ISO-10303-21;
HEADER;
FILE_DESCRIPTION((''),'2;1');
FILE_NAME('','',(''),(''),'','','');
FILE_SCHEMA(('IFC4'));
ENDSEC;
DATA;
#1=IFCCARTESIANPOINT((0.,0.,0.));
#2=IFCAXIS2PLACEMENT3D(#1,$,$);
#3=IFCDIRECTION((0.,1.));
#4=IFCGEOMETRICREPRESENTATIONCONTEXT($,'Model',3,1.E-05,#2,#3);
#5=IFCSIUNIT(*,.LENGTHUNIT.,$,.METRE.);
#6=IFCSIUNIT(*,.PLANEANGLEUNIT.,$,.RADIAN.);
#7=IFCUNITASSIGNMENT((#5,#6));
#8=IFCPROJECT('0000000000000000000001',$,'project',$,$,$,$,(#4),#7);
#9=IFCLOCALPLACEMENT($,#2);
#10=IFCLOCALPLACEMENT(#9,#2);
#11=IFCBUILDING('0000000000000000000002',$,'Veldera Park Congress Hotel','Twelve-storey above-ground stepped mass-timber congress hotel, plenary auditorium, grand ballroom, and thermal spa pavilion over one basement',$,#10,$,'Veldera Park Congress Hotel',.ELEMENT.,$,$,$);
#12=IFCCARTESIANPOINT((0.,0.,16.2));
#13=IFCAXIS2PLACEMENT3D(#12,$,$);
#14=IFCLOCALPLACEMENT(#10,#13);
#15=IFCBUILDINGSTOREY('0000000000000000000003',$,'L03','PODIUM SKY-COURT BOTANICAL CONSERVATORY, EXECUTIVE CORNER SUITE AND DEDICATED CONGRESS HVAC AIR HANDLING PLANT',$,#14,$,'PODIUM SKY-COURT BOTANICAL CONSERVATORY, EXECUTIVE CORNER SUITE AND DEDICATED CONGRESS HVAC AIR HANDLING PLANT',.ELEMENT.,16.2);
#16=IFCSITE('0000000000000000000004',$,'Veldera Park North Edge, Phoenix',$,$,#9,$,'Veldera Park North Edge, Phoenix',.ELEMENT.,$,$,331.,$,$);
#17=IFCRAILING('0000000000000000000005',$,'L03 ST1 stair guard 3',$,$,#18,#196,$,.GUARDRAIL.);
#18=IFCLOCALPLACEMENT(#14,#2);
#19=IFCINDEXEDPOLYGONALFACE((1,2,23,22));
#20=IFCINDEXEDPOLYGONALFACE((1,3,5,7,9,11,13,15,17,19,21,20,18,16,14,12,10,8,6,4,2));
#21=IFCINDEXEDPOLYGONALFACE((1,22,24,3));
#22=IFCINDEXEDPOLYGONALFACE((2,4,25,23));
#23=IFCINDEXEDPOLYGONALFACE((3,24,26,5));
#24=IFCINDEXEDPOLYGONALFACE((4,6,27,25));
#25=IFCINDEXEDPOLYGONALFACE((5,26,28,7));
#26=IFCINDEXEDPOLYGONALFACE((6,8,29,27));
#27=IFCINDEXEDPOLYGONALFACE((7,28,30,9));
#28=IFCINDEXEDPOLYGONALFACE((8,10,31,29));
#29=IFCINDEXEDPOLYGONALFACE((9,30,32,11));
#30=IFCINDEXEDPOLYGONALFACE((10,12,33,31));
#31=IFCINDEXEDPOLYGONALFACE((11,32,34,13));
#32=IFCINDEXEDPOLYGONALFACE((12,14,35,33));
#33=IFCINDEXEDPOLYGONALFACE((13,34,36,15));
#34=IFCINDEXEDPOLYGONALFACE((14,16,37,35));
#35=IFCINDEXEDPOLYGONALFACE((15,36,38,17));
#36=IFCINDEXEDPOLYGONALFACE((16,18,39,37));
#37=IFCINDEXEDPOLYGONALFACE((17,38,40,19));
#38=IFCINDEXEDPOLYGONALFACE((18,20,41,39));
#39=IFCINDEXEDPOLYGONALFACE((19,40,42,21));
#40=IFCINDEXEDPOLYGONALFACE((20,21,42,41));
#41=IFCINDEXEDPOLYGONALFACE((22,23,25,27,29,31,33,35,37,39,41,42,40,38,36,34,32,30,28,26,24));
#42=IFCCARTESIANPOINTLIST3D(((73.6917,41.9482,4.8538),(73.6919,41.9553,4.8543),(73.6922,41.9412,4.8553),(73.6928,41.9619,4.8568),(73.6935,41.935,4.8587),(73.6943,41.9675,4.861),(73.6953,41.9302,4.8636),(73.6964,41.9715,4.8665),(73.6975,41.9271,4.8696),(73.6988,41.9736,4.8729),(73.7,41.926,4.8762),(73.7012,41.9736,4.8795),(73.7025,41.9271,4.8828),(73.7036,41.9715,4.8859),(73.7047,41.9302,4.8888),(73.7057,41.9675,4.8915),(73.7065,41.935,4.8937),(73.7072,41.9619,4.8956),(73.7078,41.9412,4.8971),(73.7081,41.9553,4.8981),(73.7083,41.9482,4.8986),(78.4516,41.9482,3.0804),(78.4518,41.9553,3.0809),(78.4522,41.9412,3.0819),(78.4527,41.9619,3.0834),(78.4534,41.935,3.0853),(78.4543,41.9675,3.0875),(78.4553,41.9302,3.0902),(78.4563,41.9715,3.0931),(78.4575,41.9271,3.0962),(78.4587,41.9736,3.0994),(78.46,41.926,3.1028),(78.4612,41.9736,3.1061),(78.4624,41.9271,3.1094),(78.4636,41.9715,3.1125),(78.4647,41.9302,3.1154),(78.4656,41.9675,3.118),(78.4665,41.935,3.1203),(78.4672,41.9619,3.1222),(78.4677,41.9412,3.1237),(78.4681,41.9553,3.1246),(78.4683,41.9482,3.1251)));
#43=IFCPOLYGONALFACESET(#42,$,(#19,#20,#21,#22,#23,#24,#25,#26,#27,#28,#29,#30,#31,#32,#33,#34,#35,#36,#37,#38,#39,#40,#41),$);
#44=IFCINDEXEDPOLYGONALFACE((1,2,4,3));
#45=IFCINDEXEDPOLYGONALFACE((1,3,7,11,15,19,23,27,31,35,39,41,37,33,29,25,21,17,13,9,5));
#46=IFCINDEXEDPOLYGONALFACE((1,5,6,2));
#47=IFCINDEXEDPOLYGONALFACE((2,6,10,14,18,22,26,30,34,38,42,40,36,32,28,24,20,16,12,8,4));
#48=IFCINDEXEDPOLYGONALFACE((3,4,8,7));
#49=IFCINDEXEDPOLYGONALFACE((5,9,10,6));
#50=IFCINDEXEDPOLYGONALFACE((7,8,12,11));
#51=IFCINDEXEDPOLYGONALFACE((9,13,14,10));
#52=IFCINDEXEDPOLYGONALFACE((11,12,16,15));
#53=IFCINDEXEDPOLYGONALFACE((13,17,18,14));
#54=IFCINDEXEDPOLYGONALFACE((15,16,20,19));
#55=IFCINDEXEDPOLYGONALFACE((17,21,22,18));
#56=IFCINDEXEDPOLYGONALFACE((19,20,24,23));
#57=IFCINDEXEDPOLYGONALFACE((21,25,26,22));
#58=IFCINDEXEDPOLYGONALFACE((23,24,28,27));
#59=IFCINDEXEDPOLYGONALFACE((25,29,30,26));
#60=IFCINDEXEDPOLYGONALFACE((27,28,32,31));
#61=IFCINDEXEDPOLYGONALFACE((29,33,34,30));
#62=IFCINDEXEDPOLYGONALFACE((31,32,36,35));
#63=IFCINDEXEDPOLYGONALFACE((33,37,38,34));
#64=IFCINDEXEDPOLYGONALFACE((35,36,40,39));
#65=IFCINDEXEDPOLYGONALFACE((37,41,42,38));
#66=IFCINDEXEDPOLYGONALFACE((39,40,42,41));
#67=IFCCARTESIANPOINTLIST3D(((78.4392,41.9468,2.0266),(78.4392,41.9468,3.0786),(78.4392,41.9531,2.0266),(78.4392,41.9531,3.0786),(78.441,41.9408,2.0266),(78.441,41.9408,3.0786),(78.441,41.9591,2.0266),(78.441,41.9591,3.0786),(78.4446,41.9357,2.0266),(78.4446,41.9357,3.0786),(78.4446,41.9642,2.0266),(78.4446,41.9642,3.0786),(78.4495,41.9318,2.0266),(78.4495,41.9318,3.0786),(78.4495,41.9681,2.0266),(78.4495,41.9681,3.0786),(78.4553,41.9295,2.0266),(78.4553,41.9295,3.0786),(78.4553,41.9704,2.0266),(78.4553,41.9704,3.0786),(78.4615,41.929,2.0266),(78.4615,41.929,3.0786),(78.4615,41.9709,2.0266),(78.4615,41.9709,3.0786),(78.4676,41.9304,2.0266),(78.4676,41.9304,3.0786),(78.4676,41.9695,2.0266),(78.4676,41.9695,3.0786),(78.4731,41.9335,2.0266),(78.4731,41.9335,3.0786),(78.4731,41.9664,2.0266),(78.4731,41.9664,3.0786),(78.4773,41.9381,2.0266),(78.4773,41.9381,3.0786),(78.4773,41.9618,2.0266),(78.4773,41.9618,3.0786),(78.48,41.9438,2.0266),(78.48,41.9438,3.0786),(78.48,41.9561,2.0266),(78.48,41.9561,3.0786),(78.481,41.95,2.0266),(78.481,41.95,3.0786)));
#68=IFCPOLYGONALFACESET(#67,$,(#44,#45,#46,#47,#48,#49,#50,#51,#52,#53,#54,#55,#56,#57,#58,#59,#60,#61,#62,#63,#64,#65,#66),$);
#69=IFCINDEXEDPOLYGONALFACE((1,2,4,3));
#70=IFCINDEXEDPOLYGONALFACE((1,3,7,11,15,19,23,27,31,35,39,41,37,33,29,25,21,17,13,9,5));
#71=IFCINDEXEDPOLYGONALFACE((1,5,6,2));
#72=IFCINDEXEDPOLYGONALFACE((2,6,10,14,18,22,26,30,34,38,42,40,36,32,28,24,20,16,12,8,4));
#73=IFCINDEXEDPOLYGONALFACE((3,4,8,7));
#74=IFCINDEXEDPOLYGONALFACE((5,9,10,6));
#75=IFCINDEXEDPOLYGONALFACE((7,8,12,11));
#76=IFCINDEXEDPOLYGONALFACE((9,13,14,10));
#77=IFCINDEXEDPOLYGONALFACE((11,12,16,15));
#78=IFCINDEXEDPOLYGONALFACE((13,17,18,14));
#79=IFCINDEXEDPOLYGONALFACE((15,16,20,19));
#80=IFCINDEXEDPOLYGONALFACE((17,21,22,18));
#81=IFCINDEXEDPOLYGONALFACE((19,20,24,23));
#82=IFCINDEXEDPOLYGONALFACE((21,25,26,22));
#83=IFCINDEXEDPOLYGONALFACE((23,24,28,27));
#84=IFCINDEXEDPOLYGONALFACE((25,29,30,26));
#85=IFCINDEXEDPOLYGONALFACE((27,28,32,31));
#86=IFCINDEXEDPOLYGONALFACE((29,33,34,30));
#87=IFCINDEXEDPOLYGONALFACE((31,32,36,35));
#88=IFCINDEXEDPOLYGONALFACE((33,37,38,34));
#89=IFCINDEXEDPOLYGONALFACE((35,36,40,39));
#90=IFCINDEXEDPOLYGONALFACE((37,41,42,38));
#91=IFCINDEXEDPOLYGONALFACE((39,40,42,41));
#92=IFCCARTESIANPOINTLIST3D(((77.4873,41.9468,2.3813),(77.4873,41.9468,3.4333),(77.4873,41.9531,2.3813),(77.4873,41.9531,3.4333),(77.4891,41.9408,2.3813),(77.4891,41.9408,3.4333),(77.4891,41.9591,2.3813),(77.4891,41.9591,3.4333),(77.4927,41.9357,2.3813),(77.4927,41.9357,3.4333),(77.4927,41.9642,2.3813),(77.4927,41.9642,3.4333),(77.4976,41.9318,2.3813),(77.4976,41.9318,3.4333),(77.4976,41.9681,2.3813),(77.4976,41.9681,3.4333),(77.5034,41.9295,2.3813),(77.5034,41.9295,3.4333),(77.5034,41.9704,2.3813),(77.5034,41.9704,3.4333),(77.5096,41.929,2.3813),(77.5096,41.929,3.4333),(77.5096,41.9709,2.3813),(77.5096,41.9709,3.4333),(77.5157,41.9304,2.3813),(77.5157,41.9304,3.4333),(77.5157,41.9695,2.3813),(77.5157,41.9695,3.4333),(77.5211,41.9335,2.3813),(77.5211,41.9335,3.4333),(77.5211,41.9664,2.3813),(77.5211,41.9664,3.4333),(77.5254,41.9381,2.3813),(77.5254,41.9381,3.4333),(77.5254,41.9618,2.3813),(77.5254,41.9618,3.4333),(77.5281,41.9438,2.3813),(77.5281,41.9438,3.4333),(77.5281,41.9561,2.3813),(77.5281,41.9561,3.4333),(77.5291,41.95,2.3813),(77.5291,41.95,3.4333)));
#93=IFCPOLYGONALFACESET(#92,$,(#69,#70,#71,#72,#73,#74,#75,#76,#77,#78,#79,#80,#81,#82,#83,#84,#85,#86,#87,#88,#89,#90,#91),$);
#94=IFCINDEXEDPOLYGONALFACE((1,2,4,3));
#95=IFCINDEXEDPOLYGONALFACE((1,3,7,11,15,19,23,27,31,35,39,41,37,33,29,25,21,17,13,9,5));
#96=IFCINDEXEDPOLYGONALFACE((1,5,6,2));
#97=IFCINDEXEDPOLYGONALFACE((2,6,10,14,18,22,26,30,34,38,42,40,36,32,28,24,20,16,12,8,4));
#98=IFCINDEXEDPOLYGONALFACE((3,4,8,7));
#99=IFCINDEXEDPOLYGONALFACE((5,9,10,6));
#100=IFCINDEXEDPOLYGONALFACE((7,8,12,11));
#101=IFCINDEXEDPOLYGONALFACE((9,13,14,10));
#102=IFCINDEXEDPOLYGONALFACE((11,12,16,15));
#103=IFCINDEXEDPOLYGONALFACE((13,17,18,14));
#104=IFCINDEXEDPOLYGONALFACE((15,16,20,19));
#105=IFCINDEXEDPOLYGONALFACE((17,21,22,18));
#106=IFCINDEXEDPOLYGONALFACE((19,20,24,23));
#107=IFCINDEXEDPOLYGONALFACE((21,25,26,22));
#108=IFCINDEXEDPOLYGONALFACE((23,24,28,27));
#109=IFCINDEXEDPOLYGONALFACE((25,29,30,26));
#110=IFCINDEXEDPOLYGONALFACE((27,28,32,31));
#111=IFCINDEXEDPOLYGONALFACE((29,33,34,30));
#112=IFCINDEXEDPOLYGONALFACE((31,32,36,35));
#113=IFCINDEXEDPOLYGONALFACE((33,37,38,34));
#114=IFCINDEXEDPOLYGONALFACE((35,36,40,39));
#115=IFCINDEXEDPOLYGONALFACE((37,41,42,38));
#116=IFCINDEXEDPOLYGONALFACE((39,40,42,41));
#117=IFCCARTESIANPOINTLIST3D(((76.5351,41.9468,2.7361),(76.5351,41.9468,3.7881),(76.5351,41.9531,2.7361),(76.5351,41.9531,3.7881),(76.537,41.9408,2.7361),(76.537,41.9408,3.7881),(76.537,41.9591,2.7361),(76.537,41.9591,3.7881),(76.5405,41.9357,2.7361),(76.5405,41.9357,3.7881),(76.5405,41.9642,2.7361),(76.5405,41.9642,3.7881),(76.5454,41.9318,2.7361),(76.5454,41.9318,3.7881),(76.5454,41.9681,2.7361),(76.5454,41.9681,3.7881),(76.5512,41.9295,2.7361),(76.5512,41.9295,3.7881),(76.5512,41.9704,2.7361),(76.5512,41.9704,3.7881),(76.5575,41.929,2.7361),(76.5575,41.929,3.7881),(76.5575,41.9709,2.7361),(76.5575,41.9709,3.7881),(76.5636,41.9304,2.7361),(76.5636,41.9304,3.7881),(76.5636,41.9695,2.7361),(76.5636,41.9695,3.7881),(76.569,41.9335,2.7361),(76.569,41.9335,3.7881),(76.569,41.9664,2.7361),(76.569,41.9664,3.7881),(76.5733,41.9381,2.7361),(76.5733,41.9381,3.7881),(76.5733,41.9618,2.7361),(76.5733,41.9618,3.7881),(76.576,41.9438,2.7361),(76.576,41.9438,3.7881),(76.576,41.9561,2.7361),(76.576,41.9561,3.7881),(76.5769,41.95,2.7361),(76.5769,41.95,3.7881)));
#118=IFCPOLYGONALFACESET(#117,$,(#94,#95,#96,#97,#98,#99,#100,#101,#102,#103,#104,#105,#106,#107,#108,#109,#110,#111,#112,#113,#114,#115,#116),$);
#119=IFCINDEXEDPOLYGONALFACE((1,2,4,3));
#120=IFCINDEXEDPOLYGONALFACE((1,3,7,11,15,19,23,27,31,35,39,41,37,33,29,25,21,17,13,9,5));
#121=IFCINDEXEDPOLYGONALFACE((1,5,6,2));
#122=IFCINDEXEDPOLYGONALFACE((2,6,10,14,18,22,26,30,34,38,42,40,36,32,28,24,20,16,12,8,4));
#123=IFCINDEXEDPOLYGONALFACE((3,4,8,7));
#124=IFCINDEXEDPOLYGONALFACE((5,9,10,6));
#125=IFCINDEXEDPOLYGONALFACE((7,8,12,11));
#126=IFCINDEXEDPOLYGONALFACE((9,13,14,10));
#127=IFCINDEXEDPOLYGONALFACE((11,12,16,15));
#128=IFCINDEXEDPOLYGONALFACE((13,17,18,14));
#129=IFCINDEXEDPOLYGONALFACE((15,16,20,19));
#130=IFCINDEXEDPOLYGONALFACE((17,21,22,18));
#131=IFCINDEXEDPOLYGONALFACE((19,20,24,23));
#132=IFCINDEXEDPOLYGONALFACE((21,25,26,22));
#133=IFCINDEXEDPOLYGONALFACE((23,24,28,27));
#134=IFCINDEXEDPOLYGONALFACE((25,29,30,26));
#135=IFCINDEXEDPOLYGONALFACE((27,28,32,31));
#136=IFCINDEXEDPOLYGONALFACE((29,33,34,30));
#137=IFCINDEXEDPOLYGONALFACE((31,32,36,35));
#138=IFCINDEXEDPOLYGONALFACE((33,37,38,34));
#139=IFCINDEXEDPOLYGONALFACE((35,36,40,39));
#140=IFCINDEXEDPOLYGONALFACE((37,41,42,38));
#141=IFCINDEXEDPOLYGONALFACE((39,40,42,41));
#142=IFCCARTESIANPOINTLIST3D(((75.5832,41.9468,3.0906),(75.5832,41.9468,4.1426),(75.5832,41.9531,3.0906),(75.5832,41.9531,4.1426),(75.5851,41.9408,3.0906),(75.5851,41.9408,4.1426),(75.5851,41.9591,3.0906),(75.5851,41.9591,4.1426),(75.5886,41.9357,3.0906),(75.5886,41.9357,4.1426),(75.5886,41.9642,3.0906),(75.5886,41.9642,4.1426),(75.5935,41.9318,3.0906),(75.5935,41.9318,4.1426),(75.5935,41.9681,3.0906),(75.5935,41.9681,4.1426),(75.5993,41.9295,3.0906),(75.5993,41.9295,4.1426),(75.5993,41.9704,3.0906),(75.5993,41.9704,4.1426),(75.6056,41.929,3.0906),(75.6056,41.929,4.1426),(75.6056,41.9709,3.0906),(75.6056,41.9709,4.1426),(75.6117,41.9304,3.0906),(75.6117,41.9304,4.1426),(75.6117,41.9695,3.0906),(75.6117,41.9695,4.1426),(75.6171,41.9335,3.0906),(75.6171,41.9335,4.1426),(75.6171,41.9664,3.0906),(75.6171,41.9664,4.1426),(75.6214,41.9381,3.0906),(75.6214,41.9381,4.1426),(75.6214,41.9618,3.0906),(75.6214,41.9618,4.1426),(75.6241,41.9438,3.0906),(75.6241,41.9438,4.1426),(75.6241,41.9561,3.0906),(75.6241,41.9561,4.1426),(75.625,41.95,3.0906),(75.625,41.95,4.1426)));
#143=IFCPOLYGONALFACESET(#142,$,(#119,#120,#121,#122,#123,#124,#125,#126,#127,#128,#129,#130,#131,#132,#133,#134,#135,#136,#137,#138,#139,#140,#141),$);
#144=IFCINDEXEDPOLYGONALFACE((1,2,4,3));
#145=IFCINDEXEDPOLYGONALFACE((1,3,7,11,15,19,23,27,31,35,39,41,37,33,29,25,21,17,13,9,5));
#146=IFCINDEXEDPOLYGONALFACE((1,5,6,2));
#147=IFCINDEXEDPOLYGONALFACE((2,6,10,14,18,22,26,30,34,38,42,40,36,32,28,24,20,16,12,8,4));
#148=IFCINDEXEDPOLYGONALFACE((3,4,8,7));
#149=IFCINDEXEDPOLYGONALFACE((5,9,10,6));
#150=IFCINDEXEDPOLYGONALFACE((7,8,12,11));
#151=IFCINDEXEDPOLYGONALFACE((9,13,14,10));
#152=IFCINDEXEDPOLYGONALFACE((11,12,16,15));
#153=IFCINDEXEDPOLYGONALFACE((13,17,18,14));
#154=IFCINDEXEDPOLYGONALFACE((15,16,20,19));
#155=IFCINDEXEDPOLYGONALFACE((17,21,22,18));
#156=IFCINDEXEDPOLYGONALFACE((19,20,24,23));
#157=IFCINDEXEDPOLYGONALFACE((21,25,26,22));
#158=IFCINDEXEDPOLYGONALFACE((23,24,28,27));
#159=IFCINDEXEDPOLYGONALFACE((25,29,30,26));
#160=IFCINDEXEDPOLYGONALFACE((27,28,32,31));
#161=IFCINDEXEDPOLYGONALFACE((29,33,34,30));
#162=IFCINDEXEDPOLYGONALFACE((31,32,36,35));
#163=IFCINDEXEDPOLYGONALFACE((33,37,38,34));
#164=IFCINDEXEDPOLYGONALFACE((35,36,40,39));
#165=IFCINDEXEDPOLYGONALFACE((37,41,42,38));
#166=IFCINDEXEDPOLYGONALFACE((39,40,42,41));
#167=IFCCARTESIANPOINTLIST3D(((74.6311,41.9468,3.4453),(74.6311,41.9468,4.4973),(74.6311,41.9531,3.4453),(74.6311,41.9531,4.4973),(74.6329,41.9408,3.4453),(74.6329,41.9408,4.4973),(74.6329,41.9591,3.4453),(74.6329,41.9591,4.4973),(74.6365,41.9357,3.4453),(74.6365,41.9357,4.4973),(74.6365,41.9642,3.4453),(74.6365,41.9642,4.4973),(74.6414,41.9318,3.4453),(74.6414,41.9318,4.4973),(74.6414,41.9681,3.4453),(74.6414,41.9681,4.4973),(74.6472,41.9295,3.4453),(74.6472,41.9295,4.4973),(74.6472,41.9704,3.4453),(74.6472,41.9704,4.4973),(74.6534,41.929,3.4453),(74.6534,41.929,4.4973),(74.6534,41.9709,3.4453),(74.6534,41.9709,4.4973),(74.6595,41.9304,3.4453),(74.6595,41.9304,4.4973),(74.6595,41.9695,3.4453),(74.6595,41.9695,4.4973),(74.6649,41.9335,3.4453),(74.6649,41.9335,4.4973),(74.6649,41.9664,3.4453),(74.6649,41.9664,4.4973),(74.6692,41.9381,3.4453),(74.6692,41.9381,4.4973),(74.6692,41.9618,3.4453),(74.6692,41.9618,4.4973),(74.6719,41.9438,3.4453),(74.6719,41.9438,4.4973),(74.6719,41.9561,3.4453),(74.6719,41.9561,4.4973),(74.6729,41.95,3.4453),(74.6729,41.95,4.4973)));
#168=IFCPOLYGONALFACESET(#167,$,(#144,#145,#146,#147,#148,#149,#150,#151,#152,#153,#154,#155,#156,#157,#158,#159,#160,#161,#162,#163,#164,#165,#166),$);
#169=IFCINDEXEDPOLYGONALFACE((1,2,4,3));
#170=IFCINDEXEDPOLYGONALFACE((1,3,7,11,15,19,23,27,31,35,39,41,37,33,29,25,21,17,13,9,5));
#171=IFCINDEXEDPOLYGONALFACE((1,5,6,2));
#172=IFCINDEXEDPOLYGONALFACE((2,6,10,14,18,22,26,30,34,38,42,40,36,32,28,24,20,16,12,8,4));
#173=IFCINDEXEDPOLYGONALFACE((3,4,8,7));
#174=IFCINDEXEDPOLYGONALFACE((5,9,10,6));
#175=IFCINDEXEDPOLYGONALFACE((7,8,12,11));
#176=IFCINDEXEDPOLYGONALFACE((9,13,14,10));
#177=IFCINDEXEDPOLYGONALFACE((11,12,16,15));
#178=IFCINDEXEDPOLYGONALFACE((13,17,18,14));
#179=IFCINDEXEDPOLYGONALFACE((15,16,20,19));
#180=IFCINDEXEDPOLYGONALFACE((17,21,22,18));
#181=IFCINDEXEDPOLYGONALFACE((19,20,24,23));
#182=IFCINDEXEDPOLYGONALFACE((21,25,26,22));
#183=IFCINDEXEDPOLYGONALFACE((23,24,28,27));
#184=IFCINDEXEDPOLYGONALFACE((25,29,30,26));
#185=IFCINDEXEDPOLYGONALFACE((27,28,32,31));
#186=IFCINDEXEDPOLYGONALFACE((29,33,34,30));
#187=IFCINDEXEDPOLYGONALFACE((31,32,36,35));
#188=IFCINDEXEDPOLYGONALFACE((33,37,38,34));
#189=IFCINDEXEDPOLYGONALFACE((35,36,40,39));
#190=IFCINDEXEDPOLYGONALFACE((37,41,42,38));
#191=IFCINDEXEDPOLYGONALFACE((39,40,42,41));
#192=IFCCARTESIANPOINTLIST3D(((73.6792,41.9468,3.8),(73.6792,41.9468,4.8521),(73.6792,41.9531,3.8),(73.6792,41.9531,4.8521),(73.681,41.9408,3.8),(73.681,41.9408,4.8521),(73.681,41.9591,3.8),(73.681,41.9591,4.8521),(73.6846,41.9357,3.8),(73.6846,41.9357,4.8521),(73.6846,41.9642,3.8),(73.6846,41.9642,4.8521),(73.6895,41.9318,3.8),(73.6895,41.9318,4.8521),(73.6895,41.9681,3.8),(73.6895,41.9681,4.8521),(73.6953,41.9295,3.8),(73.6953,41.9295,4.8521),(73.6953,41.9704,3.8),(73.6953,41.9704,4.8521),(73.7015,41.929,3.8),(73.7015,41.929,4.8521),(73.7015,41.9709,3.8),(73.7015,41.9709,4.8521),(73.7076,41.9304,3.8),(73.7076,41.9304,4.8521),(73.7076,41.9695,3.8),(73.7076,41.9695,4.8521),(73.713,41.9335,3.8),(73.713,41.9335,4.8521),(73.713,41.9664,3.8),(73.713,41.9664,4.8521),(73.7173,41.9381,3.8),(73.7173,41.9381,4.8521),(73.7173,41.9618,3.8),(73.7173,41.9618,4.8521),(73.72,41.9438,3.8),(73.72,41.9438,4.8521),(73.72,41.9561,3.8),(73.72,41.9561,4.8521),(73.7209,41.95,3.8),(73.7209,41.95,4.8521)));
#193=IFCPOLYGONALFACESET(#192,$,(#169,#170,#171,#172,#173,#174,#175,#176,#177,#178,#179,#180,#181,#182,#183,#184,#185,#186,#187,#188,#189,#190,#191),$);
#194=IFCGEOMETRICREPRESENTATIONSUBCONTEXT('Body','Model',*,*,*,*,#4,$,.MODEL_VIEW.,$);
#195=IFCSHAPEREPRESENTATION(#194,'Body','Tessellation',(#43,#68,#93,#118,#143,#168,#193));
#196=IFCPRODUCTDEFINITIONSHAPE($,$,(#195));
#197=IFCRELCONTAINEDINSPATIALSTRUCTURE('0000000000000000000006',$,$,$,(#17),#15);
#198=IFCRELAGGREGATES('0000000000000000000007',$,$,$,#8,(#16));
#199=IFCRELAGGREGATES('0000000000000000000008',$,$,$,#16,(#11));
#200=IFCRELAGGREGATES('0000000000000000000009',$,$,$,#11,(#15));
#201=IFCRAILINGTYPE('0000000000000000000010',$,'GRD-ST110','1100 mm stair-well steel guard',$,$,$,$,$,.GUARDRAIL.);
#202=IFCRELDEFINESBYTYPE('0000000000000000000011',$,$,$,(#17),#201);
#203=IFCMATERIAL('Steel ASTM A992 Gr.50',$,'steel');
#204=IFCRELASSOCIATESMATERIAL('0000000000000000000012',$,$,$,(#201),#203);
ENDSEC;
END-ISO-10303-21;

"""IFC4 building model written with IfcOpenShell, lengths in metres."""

from ifc_helpers import new_model, si_unit, direction, frame, origin, origin_2d, place, context, subcontext, project, spatial, circle, extrude, material, type_object, element, save


model = new_model("IFC4")

# Units and contexts
model_context = context("Model", 3, precision=1e-05, world=origin(), true_north=direction((0.0, 1.0)))
body_context = subcontext(model_context, "Body", "Model", "MODEL_VIEW")
ifc_project = project(units=[si_unit("LENGTHUNIT", "METRE"), si_unit("PLANEANGLEUNIT", "RADIAN")], contexts=[model_context])

# Site, building, storey
site_placement = place(None, origin())
site = spatial("IfcSite", under=ifc_project, at=site_placement, Name="Veldera Park North Edge, Phoenix", LongName="Veldera Park North Edge, Phoenix", CompositionType="ELEMENT", RefElevation=331.0)
building_placement = place(site_placement, origin())
building = spatial("IfcBuilding", under=site, at=building_placement, Name="Veldera Park Congress Hotel", Description="Twelve-storey above-ground stepped mass-timber congress hotel, plenary auditorium, grand ballroom, and thermal spa pavilion over one basement", LongName="Veldera Park Congress Hotel", CompositionType="ELEMENT")
storey_placement = place(building_placement, frame((0.0, 0.0, 16.2)))
storey = spatial("IfcBuildingStorey", under=building, at=storey_placement, Name="L03", Description="PODIUM SKY-COURT BOTANICAL CONSERVATORY, EXECUTIVE CORNER SUITE AND DEDICATED CONGRESS HVAC AIR HANDLING PLANT", LongName="PODIUM SKY-COURT BOTANICAL CONSERVATORY, EXECUTIVE CORNER SUITE AND DEDICATED CONGRESS HVAC AIR HANDLING PLANT", CompositionType="ELEMENT", Elevation=16.2)

# Railing
ifc_material_1 = material(Name="Steel ASTM A992 Gr.50", Category="steel")
railing_type_1 = type_object("IfcRailingType", Name="GRD-ST110", Description="1100 mm stair-well steel guard", PredefinedType="GUARDRAIL", material=ifc_material_1)
railing_1_placement = place(storey_placement, frame((78.46, 41.95, 2.0266)))
element("IfcRailing", 1, at=railing_1_placement, inside=storey, type_object=railing_type_1, Name="L03 ST1 stair guard 3", PredefinedType="GUARDRAIL", context=body_context, shape_type="SweptSolid", body=[
    extrude(circle(Radius=0.0239, at=origin_2d()), frame((0.0, 0.0, 1.0762), z_axis=(-0.937076, 0.0, 0.349126), x_axis=(0.0, -1.0, 0.0)), (0.0, 0.0, 1.0), 5.0796),
    extrude(circle(Radius=0.021, at=origin_2d()), origin(), (0.0, 0.0, 1.0), 1.052),
    extrude(circle(Radius=0.021, at=origin_2d()), frame((-0.9519, 0.0, 0.3547)), (0.0, 0.0, 1.0), 1.052),
    extrude(circle(Radius=0.021, at=origin_2d()), frame((-1.9041, 0.0, 0.7095)), (0.0, 0.0, 1.0), 1.052),
    extrude(circle(Radius=0.021, at=origin_2d()), frame((-2.856, 0.0, 1.064)), (0.0, 0.0, 1.0), 1.052),
    extrude(circle(Radius=0.021, at=origin_2d()), frame((-3.8081, 0.0, 1.4187)), (0.0, 0.0, 1.0), 1.052),
    extrude(circle(Radius=0.021, at=origin_2d()), frame((-4.76, 0.0, 1.7734)), (0.0, 0.0, 1.0), 1.052),
])

save(model, "model.ifc")
